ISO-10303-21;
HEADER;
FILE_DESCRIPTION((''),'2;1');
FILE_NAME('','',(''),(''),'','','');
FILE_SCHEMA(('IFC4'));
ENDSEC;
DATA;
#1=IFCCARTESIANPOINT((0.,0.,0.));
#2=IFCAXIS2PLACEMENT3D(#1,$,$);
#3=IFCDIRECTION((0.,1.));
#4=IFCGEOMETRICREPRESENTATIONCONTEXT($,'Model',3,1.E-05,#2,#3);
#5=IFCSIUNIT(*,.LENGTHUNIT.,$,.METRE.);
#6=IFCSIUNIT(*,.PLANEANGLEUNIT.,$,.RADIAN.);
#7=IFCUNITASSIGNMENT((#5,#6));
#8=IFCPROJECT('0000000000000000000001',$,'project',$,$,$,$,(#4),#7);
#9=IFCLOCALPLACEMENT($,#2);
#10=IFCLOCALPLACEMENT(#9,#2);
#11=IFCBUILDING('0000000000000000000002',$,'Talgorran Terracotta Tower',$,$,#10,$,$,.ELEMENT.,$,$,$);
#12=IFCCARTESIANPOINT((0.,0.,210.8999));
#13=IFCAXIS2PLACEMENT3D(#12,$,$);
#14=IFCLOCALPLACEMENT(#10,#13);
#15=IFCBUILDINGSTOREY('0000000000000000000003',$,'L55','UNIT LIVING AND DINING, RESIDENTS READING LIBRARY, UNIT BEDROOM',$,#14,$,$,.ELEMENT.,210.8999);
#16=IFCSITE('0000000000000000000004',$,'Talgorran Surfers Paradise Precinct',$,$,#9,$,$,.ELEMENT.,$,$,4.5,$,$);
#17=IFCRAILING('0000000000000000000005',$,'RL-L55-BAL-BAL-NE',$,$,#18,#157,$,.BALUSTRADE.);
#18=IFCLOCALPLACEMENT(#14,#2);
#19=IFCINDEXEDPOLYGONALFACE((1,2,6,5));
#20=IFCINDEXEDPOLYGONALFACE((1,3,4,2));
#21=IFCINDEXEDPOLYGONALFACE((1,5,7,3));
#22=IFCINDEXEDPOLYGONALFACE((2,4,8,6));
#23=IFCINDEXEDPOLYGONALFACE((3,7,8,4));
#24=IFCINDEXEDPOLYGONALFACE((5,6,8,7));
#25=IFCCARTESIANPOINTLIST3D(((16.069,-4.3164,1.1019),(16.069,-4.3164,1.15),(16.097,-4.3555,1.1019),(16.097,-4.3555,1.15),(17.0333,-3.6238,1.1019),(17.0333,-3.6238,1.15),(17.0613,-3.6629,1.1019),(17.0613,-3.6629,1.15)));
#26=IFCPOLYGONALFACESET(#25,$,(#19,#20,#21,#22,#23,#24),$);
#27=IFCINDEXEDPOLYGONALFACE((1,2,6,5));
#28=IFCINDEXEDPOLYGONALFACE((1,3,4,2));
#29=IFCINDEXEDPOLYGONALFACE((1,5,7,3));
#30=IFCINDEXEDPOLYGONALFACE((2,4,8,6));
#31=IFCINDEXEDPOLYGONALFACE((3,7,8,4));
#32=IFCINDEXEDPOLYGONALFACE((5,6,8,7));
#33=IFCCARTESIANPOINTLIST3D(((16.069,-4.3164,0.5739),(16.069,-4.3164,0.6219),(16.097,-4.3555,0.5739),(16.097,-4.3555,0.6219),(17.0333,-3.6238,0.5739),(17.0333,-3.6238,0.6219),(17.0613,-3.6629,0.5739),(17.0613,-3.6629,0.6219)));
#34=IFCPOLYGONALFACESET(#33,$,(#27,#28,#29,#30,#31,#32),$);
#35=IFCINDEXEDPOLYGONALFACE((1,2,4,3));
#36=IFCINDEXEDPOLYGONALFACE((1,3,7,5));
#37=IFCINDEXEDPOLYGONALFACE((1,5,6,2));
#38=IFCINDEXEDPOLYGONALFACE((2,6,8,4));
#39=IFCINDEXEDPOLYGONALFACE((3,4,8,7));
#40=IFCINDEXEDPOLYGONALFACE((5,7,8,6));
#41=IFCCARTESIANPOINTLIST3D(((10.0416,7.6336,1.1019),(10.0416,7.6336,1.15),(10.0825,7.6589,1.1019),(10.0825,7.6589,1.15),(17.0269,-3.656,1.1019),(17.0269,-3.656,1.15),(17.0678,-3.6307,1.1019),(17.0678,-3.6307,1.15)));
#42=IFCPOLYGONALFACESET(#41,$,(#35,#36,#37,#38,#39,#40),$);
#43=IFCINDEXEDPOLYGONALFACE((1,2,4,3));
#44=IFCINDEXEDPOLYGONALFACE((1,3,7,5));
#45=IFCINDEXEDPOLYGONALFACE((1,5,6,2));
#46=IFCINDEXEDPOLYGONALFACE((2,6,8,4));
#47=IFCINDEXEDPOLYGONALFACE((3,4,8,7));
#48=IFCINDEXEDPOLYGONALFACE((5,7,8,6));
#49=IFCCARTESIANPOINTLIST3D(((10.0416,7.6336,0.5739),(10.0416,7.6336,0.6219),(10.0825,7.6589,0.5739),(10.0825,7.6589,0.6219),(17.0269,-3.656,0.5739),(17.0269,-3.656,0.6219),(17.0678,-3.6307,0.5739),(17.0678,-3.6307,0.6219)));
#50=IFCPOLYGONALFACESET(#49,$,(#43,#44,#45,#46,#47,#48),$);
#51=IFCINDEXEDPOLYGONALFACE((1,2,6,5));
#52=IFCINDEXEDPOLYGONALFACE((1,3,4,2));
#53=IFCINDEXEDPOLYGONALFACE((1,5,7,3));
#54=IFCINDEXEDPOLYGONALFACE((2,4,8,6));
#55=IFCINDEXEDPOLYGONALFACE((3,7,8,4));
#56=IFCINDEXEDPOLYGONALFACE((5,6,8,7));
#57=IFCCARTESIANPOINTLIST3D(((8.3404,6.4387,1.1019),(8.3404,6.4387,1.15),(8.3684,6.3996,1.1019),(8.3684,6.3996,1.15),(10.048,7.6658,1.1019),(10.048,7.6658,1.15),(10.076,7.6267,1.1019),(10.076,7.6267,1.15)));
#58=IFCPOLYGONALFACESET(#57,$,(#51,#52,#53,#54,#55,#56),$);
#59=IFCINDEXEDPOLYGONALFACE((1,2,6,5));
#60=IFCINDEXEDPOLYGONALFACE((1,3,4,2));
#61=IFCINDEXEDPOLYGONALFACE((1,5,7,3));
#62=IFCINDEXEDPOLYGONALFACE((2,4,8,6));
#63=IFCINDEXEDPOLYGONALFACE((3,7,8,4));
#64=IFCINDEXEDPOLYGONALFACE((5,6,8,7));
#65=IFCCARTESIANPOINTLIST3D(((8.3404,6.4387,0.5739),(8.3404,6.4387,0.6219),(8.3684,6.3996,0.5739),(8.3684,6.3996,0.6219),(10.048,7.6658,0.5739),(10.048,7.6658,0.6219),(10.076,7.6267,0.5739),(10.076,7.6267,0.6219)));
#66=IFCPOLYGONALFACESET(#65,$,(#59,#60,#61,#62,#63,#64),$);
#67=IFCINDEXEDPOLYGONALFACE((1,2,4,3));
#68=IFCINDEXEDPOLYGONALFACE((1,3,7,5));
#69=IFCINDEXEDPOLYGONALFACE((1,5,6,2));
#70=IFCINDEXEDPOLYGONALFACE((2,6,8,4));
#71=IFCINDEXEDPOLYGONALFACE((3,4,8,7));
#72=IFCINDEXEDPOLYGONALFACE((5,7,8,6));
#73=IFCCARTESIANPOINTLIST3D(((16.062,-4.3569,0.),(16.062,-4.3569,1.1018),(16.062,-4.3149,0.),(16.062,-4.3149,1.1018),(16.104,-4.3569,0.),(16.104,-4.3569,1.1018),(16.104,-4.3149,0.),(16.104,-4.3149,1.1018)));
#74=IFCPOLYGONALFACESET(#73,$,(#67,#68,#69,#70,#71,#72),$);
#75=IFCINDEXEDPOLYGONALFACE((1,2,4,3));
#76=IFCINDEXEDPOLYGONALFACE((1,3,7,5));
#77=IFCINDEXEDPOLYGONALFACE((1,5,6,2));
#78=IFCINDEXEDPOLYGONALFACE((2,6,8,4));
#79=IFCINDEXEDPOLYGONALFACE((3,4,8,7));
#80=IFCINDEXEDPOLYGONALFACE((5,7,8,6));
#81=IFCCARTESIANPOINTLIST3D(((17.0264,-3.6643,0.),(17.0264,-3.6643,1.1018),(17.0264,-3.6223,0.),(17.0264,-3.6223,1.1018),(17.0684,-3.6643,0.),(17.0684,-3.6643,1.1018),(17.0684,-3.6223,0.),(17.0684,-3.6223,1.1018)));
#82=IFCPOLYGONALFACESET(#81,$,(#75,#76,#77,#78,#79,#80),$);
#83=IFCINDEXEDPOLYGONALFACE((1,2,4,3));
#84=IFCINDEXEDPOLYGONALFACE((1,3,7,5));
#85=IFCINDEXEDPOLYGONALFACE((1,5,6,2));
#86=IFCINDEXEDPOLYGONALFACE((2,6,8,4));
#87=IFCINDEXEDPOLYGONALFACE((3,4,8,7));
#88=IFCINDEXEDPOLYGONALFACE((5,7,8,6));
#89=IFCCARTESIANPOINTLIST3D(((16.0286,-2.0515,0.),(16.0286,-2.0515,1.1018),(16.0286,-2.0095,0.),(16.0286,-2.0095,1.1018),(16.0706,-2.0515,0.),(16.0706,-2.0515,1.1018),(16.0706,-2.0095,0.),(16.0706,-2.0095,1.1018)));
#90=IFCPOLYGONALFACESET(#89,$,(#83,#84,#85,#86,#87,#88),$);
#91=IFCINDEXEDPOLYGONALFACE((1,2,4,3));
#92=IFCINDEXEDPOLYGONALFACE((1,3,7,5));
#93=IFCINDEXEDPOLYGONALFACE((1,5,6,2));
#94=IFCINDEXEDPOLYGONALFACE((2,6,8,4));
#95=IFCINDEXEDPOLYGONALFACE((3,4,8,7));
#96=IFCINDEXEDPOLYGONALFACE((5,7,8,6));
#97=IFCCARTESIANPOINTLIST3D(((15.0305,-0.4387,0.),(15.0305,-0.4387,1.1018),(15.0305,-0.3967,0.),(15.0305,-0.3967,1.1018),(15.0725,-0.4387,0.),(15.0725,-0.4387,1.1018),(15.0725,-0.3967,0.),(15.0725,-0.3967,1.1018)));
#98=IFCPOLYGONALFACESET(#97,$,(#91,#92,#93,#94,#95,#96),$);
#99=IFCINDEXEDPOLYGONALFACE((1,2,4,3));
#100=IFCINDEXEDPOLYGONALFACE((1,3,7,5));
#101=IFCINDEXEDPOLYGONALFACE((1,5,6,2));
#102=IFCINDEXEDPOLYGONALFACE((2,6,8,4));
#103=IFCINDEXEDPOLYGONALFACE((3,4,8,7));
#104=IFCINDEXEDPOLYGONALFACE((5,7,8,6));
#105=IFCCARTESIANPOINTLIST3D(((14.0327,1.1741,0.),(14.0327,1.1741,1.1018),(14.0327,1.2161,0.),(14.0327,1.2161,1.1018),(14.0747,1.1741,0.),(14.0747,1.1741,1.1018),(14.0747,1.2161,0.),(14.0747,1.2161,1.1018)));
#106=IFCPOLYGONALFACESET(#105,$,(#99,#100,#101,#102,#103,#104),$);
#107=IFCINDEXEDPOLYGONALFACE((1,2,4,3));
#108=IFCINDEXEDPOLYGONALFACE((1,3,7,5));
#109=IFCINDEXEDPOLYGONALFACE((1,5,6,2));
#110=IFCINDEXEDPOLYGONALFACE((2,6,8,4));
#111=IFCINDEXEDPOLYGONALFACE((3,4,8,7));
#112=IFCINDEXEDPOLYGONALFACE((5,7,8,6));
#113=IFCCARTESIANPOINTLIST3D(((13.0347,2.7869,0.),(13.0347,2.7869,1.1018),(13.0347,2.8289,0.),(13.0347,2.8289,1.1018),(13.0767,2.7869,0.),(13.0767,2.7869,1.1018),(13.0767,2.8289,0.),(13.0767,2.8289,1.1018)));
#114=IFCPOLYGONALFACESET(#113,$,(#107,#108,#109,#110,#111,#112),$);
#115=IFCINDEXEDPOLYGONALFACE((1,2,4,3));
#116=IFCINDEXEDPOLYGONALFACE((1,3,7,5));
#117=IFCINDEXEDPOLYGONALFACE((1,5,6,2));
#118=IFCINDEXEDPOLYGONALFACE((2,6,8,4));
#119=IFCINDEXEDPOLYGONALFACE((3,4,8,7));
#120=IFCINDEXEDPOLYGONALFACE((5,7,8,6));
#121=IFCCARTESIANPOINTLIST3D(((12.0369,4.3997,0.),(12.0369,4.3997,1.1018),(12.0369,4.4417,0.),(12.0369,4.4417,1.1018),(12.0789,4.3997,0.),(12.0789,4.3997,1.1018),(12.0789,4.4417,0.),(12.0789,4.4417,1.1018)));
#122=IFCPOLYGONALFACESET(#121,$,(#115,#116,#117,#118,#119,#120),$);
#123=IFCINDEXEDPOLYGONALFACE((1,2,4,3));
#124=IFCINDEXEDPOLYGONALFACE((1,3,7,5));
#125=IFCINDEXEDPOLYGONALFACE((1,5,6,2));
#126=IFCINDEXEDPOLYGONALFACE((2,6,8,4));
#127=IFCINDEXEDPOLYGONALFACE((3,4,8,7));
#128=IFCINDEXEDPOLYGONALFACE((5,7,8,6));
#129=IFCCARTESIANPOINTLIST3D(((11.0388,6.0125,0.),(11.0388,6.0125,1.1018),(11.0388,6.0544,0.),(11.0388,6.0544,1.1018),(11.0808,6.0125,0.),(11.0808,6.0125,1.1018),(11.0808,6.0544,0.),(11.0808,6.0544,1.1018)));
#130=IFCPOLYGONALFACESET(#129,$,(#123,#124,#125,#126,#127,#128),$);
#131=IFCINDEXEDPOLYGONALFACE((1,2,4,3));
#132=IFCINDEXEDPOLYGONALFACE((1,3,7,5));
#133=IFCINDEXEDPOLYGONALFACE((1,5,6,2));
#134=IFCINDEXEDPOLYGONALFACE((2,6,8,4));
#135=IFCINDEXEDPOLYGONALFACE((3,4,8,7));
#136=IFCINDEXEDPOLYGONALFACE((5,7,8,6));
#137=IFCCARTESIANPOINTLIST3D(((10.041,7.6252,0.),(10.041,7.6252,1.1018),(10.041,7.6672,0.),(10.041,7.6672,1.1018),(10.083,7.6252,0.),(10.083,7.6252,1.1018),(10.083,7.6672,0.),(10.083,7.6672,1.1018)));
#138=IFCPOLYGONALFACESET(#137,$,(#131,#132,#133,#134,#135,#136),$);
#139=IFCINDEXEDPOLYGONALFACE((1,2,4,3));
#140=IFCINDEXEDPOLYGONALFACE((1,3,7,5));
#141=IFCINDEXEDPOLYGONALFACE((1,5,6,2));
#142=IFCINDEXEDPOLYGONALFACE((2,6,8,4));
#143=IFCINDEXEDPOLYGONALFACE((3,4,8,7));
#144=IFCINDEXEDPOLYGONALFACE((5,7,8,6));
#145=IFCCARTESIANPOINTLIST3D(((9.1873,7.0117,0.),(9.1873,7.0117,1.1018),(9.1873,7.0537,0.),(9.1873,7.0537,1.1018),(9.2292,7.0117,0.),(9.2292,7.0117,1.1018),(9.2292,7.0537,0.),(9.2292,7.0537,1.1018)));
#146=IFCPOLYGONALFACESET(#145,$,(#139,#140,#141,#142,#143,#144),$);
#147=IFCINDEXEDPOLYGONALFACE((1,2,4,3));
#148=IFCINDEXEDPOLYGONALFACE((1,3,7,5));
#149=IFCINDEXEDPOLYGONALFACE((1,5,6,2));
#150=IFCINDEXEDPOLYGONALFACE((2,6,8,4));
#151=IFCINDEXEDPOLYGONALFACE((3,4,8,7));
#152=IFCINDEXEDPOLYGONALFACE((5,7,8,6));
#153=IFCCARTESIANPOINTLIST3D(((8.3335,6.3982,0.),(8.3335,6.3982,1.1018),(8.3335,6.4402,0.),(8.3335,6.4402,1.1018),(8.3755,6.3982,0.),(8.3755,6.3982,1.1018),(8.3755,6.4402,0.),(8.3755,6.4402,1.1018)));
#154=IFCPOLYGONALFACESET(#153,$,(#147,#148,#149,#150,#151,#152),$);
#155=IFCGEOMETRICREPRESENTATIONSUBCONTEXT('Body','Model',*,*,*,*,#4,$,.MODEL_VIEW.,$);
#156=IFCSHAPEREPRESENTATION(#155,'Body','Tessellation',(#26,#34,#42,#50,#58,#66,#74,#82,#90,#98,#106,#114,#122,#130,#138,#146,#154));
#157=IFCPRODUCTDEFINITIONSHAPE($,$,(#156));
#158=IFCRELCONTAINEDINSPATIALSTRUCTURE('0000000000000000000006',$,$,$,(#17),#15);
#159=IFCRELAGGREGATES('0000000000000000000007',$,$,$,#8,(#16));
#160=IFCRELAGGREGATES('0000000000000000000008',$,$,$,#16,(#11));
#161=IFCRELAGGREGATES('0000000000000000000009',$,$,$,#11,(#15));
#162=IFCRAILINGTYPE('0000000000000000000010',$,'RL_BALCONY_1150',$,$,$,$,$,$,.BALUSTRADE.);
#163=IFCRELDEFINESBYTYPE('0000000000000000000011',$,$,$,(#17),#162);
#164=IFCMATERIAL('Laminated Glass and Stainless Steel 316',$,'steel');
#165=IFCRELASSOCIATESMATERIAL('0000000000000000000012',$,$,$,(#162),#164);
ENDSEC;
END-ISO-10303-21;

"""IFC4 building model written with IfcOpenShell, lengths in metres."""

from ifc_helpers import new_model, si_unit, direction, frame, origin, origin_2d, place, context, subcontext, project, spatial, rectangle, extrude, material, type_object, element, save


model = new_model("IFC4")

# Units and contexts
model_context = context("Model", 3, precision=1e-05, world=origin(), true_north=direction((0.0, 1.0)))
body_context = subcontext(model_context, "Body", "Model", "MODEL_VIEW")
ifc_project = project(units=[si_unit("LENGTHUNIT", "METRE"), si_unit("PLANEANGLEUNIT", "RADIAN")], contexts=[model_context])

# Site, building, storey
site_placement = place(None, origin())
site = spatial("IfcSite", under=ifc_project, at=site_placement, Name="Talgorran Surfers Paradise Precinct", CompositionType="ELEMENT", RefElevation=4.5)
building_placement = place(site_placement, origin())
building = spatial("IfcBuilding", under=site, at=building_placement, Name="Talgorran Terracotta Tower", CompositionType="ELEMENT")
storey_placement = place(building_placement, frame((0.0, 0.0, 210.8999)))
storey = spatial("IfcBuildingStorey", under=building, at=storey_placement, Name="L55", Description="UNIT LIVING AND DINING, RESIDENTS READING LIBRARY, UNIT BEDROOM", CompositionType="ELEMENT", Elevation=210.8999)

# Railing
ifc_material_1 = material(Name="Laminated Glass and Stainless Steel 316", Category="steel")
railing_type = type_object("IfcRailingType", Name="RL_BALCONY_1150", PredefinedType="BALUSTRADE", material=ifc_material_1)
railing_placement = place(storey_placement, frame((16.083, -4.3359, 0.0)))
element("IfcRailing", 1, at=railing_placement, inside=storey, type_object=railing_type, Name="RL-L55-BAL-BAL-NE", PredefinedType="BALUSTRADE", context=body_context, shape_type="SweptSolid", body=[
    extrude(rectangle(XDim=0.0481, YDim=0.0481, at=origin_2d()), frame((0.0, 0.0, 1.126), z_axis=(0.812216, 0.583356, 0.0), x_axis=(-0.583356, 0.812216, 0.0)), (0.0, 0.0, 1.0), 1.1873),
    extrude(rectangle(XDim=0.0481, YDim=0.0481, at=origin_2d()), frame((0.0, 0.0, 0.5979), z_axis=(0.812216, 0.583356, 0.0), x_axis=(-0.583356, 0.812216, 0.0)), (0.0, 0.0, 1.0), 1.1873),
    extrude(rectangle(XDim=0.0481, YDim=0.0481, at=origin_2d()), frame((0.9644, 0.6926, 1.126), z_axis=(-0.526168, 0.85038, 0.0), x_axis=(-0.85038, -0.526168, 0.0)), (0.0, 0.0, 1.0), 13.2759),
    extrude(rectangle(XDim=0.0481, YDim=0.0481, at=origin_2d()), frame((0.9644, 0.6926, 0.5979), z_axis=(-0.526168, 0.85038, 0.0), x_axis=(-0.85038, -0.526168, 0.0)), (0.0, 0.0, 1.0), 13.2759),
    extrude(rectangle(XDim=0.0481, YDim=0.0481, at=origin_2d()), frame((-6.021, 11.9822, 1.126), z_axis=(-0.812067, -0.583564, 0.0), x_axis=(0.583564, -0.812067, 0.0)), (0.0, 0.0, 1.0), 2.1028),
    extrude(rectangle(XDim=0.0481, YDim=0.0481, at=origin_2d()), frame((-6.021, 11.9822, 0.5979), z_axis=(-0.812067, -0.583564, 0.0), x_axis=(0.583564, -0.812067, 0.0)), (0.0, 0.0, 1.0), 2.1028),
    extrude(rectangle(XDim=0.042, YDim=0.042, at=origin_2d()), origin(), (0.0, 0.0, 1.0), 1.1018),
    extrude(rectangle(XDim=0.042, YDim=0.042, at=origin_2d()), frame((0.9644, 0.6926, 0.0)), (0.0, 0.0, 1.0), 1.1018),
    extrude(rectangle(XDim=0.042, YDim=0.042, at=origin_2d()), frame((-0.0334, 2.3054, 0.0)), (0.0, 0.0, 1.0), 1.1018),
    extrude(rectangle(XDim=0.042, YDim=0.042, at=origin_2d()), frame((-1.0315, 3.9182, 0.0)), (0.0, 0.0, 1.0), 1.1018),
    extrude(rectangle(XDim=0.042, YDim=0.042, at=origin_2d()), frame((-2.0293, 5.531, 0.0)), (0.0, 0.0, 1.0), 1.1018),
    extrude(rectangle(XDim=0.042, YDim=0.042, at=origin_2d()), frame((-3.0273, 7.1438, 0.0)), (0.0, 0.0, 1.0), 1.1018),
    extrude(rectangle(XDim=0.042, YDim=0.042, at=origin_2d()), frame((-4.0251, 8.7566, 0.0)), (0.0, 0.0, 1.0), 1.1018),
    extrude(rectangle(XDim=0.042, YDim=0.042, at=origin_2d()), frame((-5.0232, 10.3694, 0.0)), (0.0, 0.0, 1.0), 1.1018),
    extrude(rectangle(XDim=0.042, YDim=0.042, at=origin_2d()), frame((-6.021, 11.9822, 0.0)), (0.0, 0.0, 1.0), 1.1018),
    extrude(rectangle(XDim=0.042, YDim=0.042, at=origin_2d()), frame((-6.8748, 11.3687, 0.0)), (0.0, 0.0, 1.0), 1.1018),
    extrude(rectangle(XDim=0.042, YDim=0.042, at=origin_2d()), frame((-7.7285, 10.7551, 0.0)), (0.0, 0.0, 1.0), 1.1018),
])

save(model, "model.ifc")
